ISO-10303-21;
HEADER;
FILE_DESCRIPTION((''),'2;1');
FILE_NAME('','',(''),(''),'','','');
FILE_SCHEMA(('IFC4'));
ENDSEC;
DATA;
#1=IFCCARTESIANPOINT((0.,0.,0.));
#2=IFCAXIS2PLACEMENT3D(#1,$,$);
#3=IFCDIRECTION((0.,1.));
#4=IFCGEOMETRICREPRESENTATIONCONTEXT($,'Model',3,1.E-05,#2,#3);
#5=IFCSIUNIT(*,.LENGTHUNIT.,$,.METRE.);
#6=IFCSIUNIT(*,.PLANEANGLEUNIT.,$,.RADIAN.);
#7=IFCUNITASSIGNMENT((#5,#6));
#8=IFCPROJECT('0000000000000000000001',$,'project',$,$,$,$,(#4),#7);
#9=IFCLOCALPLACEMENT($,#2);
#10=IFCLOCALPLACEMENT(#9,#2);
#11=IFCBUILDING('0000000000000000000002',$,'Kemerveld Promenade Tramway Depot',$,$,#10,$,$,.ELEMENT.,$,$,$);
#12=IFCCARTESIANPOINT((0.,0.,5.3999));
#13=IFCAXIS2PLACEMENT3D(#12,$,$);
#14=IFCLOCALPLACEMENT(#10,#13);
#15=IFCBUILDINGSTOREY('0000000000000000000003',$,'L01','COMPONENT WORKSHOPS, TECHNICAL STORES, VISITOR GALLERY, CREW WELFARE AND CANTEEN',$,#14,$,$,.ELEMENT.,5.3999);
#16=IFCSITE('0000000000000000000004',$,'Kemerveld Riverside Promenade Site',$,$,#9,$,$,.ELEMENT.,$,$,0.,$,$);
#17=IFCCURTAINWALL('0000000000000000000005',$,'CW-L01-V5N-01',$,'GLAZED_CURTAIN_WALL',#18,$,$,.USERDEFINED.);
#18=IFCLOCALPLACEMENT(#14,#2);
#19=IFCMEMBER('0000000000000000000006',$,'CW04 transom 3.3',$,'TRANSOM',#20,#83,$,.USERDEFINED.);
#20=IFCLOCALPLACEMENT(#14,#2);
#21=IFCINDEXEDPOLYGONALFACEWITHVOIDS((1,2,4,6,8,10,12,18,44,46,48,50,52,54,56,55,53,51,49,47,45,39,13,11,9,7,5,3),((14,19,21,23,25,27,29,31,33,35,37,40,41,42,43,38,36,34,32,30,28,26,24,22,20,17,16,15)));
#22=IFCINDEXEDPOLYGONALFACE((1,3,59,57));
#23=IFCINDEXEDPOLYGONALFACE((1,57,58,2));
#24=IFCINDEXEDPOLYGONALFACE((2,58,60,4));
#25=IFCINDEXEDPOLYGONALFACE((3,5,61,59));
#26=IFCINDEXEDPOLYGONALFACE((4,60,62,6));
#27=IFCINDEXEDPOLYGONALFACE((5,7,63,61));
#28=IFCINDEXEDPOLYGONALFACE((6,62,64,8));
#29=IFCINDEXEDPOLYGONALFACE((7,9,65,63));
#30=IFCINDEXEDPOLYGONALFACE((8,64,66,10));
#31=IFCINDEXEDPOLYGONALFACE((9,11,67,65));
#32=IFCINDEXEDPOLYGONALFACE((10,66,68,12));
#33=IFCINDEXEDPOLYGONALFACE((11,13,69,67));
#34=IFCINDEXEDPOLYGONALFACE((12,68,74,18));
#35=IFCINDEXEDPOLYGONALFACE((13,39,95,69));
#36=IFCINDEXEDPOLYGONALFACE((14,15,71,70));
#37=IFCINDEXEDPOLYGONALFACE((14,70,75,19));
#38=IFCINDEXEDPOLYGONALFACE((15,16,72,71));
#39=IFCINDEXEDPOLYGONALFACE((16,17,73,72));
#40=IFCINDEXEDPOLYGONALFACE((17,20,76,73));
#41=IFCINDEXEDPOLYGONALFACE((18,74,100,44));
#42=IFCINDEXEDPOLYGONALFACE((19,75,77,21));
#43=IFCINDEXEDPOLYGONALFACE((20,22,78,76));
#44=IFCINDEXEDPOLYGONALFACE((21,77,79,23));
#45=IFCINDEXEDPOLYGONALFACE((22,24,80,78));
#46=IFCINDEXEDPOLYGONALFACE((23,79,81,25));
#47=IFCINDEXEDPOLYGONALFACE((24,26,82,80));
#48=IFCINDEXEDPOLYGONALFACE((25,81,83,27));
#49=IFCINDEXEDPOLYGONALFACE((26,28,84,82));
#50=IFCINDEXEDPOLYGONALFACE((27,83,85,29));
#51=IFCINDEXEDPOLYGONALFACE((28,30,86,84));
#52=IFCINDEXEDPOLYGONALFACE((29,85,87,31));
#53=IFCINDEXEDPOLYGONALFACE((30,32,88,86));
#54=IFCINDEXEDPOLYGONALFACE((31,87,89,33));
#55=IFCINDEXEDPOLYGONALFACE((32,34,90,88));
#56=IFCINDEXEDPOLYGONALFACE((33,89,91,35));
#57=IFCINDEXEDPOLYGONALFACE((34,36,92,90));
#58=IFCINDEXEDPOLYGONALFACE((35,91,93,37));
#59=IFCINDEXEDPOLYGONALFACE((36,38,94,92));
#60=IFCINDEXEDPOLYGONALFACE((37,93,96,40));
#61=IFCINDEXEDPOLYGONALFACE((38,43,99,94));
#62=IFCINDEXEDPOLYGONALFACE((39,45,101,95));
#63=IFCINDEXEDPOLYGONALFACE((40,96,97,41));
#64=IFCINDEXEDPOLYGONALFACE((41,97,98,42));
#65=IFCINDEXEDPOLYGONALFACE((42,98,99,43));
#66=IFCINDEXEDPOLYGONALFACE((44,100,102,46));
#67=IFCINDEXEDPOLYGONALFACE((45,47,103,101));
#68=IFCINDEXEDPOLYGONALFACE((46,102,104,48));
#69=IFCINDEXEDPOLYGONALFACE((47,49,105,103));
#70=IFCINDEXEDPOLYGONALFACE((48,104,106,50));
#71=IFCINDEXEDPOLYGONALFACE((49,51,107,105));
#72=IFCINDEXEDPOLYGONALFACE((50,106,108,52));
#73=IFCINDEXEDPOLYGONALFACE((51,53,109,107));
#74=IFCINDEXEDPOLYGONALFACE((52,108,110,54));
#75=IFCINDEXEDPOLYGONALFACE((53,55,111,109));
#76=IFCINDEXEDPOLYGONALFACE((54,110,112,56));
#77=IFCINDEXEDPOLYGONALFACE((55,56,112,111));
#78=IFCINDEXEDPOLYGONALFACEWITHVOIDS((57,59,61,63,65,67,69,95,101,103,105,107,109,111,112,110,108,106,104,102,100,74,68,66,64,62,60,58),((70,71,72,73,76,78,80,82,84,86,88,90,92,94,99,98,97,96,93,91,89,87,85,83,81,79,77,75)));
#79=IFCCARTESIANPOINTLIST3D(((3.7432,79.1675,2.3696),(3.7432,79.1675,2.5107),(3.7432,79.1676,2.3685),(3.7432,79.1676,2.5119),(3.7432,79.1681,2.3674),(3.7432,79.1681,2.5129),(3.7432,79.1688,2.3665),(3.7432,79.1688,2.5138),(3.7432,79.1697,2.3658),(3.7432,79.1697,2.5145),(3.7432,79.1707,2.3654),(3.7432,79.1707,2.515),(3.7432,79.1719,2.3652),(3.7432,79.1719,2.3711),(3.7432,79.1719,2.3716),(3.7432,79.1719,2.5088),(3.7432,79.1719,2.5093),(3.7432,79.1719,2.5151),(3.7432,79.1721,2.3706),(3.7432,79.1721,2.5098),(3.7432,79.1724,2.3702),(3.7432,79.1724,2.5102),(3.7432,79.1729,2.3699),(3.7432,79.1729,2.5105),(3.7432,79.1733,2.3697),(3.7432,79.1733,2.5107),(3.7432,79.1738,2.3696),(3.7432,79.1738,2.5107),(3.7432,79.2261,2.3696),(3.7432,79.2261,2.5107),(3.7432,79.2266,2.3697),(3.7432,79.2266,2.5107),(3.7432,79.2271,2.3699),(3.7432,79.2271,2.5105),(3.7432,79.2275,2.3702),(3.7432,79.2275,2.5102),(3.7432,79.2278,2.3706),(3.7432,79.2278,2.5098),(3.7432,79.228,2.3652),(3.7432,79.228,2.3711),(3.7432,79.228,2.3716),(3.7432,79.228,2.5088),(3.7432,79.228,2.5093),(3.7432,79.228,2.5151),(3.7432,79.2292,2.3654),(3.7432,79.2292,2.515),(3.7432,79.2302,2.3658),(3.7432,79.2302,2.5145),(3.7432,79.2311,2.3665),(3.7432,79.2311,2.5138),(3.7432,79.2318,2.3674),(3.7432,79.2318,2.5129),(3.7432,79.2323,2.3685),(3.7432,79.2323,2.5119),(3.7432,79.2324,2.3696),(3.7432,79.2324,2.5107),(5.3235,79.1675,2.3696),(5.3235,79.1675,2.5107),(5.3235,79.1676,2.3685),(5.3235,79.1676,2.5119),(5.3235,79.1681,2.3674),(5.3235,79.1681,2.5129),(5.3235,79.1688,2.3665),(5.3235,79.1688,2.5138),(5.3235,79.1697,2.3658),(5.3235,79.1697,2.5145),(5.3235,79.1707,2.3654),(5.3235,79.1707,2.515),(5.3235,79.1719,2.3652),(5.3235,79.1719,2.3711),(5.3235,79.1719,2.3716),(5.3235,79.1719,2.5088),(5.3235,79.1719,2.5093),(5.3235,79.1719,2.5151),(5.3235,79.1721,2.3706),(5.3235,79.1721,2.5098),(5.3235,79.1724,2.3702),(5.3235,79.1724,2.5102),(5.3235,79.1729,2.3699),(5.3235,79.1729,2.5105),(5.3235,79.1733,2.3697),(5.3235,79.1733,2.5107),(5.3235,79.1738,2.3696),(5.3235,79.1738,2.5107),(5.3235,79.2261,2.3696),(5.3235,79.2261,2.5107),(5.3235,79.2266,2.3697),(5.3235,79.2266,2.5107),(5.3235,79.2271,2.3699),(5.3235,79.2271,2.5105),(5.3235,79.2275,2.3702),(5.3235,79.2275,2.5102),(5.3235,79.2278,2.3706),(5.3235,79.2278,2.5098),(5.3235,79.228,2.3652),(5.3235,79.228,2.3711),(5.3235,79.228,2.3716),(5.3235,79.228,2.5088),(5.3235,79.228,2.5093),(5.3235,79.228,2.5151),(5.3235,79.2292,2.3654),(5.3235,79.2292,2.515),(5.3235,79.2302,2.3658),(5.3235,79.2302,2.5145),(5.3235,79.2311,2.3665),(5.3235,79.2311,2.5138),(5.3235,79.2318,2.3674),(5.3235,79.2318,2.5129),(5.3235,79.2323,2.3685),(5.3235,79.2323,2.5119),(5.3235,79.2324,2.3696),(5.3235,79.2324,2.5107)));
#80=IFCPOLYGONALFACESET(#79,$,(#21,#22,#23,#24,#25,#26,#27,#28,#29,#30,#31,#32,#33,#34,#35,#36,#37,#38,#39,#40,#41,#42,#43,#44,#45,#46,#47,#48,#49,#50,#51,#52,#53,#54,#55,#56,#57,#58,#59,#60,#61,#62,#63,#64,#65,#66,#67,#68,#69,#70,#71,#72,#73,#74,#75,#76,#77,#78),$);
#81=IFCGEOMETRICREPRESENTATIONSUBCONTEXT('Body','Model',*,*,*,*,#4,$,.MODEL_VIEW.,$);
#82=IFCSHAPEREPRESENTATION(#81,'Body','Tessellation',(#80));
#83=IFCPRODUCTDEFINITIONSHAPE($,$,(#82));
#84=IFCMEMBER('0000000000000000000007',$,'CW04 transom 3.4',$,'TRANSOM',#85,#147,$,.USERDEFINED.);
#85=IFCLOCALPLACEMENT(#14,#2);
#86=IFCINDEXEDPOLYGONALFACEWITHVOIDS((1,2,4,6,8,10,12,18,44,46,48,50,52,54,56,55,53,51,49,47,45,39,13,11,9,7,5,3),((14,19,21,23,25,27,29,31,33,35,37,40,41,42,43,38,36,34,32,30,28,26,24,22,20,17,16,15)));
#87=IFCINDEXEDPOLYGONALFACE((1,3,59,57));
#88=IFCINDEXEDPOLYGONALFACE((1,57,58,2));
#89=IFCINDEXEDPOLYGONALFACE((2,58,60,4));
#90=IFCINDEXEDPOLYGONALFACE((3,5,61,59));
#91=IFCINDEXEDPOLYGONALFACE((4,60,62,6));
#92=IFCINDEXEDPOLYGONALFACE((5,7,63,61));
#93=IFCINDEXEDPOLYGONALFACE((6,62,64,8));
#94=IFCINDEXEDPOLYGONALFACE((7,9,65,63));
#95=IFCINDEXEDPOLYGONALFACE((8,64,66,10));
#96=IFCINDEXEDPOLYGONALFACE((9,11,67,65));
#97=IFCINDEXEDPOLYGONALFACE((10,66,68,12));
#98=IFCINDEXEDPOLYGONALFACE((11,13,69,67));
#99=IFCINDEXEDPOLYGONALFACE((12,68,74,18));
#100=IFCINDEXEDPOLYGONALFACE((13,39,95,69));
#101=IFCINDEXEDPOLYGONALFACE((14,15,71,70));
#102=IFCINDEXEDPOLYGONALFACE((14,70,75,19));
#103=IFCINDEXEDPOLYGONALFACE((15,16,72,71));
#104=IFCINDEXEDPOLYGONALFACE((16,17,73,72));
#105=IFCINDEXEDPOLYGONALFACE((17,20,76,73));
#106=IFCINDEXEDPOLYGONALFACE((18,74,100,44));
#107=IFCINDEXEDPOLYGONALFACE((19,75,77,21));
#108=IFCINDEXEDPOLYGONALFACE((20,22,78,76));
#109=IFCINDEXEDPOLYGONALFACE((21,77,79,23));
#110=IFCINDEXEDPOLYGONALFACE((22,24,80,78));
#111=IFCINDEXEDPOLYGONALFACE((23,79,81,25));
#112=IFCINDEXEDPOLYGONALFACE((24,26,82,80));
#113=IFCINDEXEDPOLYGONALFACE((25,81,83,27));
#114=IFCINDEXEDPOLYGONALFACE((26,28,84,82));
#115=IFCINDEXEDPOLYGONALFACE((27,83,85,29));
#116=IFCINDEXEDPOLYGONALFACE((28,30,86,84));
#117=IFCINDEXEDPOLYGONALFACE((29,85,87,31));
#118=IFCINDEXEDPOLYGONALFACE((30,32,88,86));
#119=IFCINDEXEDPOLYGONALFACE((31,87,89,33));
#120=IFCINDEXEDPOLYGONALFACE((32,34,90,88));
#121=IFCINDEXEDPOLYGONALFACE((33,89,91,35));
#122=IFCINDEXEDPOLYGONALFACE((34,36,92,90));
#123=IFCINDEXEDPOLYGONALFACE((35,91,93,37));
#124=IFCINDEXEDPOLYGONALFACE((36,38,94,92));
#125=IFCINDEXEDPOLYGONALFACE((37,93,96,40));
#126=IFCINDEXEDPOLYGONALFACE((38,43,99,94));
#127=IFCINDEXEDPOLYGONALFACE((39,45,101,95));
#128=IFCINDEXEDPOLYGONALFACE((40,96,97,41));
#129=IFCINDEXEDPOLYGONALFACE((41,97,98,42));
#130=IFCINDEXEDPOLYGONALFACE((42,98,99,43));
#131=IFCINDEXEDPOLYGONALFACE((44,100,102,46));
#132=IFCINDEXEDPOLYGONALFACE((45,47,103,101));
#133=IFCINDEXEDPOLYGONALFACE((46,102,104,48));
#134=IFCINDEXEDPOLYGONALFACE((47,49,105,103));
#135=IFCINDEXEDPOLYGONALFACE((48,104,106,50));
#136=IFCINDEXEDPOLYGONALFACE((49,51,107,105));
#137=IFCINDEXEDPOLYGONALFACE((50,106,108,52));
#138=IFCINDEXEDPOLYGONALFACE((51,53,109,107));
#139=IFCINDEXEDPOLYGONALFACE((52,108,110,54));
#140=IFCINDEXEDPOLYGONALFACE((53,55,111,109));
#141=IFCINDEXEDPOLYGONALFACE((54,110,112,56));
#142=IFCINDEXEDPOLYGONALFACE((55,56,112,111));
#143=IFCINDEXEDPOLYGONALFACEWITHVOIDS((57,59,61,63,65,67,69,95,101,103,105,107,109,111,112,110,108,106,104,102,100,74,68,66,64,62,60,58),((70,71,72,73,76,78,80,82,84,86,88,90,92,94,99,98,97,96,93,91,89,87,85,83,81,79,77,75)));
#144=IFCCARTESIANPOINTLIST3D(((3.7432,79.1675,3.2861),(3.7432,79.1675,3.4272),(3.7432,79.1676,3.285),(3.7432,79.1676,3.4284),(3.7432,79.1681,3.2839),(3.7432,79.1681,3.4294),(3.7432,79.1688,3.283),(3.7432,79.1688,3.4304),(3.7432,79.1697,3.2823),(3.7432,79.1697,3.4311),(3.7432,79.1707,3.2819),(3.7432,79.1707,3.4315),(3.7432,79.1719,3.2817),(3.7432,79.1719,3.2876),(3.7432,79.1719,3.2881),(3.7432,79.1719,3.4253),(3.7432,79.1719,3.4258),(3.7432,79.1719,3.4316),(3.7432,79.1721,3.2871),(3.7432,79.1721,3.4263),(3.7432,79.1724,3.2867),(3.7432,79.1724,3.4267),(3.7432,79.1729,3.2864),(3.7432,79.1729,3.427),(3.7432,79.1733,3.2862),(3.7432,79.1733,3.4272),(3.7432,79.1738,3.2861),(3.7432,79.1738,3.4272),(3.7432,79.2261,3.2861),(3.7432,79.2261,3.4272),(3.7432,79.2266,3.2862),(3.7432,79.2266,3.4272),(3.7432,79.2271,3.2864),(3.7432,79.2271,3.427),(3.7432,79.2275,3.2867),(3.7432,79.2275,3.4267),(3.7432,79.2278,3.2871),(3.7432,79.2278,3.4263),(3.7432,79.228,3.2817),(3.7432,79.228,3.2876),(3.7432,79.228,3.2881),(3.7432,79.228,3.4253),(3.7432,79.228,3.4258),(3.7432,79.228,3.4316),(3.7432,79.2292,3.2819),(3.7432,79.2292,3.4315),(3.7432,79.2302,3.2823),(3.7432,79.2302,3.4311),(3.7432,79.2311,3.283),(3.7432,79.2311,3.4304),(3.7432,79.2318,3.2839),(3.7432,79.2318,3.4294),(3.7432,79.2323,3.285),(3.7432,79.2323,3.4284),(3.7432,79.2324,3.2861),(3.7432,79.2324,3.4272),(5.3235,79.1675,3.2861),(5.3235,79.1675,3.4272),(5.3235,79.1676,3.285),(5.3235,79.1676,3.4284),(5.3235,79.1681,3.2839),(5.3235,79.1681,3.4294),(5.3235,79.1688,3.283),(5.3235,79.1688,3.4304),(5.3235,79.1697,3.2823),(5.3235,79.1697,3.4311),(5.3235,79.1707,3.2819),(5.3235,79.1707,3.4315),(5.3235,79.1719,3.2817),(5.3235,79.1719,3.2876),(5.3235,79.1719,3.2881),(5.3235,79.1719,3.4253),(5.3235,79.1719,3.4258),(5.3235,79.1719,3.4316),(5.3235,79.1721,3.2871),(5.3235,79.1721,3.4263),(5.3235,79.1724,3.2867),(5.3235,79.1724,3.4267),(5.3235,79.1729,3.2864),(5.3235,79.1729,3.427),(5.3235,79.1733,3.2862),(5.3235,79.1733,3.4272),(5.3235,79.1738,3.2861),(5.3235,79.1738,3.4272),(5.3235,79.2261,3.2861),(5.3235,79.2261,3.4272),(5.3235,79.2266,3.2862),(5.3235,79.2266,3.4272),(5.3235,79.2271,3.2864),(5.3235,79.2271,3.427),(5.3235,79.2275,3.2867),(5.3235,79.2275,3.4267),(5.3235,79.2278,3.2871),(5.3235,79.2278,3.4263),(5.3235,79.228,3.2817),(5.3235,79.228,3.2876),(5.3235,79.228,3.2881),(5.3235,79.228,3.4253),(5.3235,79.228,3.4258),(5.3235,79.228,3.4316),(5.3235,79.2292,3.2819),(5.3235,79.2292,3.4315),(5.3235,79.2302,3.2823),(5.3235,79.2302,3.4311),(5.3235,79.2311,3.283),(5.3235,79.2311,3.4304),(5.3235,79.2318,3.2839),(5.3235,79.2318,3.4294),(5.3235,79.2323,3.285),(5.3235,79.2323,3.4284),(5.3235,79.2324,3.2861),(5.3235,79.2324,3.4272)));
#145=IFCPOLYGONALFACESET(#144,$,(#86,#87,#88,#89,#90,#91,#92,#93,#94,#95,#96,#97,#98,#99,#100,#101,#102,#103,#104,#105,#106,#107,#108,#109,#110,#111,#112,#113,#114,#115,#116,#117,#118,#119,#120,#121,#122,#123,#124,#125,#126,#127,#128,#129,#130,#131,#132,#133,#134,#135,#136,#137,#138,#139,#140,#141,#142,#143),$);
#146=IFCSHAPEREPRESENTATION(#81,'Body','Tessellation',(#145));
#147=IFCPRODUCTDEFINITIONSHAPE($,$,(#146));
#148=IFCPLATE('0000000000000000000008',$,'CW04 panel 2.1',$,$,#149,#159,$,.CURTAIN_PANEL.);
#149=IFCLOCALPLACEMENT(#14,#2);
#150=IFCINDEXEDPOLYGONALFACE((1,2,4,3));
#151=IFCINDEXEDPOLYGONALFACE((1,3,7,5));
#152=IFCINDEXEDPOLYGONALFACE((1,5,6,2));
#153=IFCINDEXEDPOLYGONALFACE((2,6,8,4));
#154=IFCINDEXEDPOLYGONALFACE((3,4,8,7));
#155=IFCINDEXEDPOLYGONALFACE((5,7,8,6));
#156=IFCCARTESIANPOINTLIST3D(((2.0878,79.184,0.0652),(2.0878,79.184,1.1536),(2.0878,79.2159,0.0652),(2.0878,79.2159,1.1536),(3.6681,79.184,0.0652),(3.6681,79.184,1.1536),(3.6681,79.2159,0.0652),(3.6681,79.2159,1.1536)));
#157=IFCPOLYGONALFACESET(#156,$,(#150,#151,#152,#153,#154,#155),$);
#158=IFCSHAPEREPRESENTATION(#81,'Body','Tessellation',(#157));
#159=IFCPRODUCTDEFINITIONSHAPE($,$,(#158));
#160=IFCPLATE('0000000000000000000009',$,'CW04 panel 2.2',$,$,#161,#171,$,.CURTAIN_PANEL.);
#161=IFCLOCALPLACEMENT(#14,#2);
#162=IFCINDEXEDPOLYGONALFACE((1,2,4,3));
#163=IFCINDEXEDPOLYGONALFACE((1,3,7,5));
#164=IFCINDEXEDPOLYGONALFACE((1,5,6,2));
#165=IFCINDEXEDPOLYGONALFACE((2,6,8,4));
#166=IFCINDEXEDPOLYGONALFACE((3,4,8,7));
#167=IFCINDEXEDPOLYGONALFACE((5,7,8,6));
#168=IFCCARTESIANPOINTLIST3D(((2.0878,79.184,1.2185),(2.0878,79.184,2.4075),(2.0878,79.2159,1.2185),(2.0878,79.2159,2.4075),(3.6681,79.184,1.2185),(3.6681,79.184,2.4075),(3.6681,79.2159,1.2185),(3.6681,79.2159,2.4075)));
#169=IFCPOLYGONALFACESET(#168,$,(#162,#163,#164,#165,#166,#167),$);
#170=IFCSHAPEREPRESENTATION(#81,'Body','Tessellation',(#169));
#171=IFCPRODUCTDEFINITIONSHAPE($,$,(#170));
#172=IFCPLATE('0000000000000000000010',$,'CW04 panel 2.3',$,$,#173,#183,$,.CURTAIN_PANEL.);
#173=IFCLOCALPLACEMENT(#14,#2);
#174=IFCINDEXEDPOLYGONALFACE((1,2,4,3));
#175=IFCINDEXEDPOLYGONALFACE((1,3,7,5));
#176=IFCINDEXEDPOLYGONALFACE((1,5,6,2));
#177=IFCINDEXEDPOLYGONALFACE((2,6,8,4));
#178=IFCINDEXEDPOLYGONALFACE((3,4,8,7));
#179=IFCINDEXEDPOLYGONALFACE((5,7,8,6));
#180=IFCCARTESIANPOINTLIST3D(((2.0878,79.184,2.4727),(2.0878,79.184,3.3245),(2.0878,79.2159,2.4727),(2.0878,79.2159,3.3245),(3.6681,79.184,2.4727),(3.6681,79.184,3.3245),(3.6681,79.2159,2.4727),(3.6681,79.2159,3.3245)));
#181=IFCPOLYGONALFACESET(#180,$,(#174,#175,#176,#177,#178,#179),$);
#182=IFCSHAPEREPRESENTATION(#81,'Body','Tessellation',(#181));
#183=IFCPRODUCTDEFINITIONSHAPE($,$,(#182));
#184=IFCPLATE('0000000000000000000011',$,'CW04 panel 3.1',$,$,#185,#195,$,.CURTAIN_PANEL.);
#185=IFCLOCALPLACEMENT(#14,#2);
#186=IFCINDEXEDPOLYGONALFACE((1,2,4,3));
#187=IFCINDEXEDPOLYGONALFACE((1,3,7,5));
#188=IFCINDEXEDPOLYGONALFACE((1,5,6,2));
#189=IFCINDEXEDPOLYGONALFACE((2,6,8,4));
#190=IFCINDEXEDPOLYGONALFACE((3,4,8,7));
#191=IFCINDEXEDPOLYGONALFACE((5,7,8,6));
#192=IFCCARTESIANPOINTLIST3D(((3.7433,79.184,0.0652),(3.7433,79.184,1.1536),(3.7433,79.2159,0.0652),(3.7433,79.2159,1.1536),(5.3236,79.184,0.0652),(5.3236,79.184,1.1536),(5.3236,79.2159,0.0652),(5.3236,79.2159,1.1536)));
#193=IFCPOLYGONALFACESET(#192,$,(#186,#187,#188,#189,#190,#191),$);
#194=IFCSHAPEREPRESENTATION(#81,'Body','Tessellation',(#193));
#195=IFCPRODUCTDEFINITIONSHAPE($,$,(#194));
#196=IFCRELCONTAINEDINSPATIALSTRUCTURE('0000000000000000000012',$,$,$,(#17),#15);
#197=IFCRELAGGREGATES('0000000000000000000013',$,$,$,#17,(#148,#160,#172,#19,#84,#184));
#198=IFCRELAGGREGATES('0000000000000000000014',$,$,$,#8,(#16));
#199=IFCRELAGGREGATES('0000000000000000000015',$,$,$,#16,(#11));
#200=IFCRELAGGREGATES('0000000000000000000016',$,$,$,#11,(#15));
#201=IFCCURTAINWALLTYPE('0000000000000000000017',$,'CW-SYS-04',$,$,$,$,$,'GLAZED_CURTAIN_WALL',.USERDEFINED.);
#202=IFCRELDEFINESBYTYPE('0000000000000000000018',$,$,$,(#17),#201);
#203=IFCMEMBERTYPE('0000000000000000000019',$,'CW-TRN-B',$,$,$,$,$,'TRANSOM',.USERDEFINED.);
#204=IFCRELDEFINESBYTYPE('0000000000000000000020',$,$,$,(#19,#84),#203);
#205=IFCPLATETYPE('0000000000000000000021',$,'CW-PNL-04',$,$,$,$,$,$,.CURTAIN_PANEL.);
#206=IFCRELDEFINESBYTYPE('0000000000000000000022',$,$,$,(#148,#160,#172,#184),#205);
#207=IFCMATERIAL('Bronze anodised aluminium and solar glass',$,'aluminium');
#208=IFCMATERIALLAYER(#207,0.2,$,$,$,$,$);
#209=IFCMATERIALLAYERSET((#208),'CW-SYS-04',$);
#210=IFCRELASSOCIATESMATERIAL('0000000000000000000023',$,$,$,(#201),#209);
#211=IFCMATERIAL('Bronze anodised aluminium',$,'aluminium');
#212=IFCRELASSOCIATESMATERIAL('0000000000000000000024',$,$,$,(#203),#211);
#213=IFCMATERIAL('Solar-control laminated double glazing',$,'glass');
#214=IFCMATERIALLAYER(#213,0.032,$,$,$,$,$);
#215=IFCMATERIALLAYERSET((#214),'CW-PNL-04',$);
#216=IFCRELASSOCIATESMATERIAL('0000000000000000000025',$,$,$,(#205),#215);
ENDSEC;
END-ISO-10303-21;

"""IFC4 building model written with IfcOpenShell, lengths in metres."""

from ifc_helpers import new_model, si_unit, direction, frame, origin, origin_2d, place, context, subcontext, project, spatial, rectangle, hollow_rectangle, extrude, material, layer, layer_set, material_profile, profile_set, type_object, element, aggregate, save


model = new_model("IFC4")

# Units and contexts
model_context = context("Model", 3, precision=1e-05, world=origin(), true_north=direction((0.0, 1.0)))
body_context = subcontext(model_context, "Body", "Model", "MODEL_VIEW")
ifc_project = project(units=[si_unit("LENGTHUNIT", "METRE"), si_unit("PLANEANGLEUNIT", "RADIAN")], contexts=[model_context])

# Site, building, storey
site_placement = place(None, origin())
site = spatial("IfcSite", under=ifc_project, at=site_placement, Name="Kemerveld Riverside Promenade Site", CompositionType="ELEMENT", RefElevation=0.0)
building_placement = place(site_placement, origin())
building = spatial("IfcBuilding", under=site, at=building_placement, Name="Kemerveld Promenade Tramway Depot", CompositionType="ELEMENT")
storey_placement = place(building_placement, frame((0.0, 0.0, 5.3999)))
storey = spatial("IfcBuildingStorey", under=building, at=storey_placement, Name="L01", Description="COMPONENT WORKSHOPS, TECHNICAL STORES, VISITOR GALLERY, CREW WELFARE AND CANTEEN", CompositionType="ELEMENT", Elevation=5.3999)

# Curtain wall, members, plates
ifc_material_1 = material(Name="Bronze anodised aluminium and solar glass", Category="aluminium")
ifc_layer_1 = layer(ifc_material_1, 0.2)
ifc_layer_set_1 = layer_set([ifc_layer_1], Name="CW-SYS-04")
curtain_wall_type = type_object("IfcCurtainWallType", Name="CW-SYS-04", ElementType="GLAZED_CURTAIN_WALL", PredefinedType="USERDEFINED", material=ifc_layer_set_1)
curtain_wall_placement = place(storey_placement, origin())
curtain_wall = element("IfcCurtainWall", 1, at=curtain_wall_placement, inside=storey, type_object=curtain_wall_type, Name="CW-L01-V5N-01", ObjectType="GLAZED_CURTAIN_WALL", PredefinedType="USERDEFINED")
ifc_material_2 = material(Name="Bronze anodised aluminium", Category="aluminium")
ifc_material_profile_1 = material_profile(ifc_material_2, hollow_rectangle(XDim=0.0649, YDim=0.1499, WallThickness=0.0044, InnerFilletRadius=0.002, OuterFilletRadius=0.0044, at=origin_2d()), Name="CW-TRN-150x65")
ifc_profile_set_1 = profile_set([ifc_material_profile_1], Name="Bronze anodised aluminium")
member_type_1 = type_object("IfcMemberType", Name="CW-TRN-B", ElementType="TRANSOM", PredefinedType="USERDEFINED", material=ifc_profile_set_1)
member_1_placement = place(storey_placement, frame((3.7432, 79.2, 2.4402), z_axis=(1.0, 0.0, 0.0), x_axis=(0.0, 1.0, 0.0)))
member_1 = element("IfcMember", 2, at=member_1_placement, type_object=member_type_1, Name="CW04 transom 3.3", ObjectType="TRANSOM", PredefinedType="USERDEFINED", context=body_context, shape_type="SweptSolid", body=[
    extrude(hollow_rectangle(XDim=0.0649, YDim=0.1499, WallThickness=0.0044, InnerFilletRadius=0.002, OuterFilletRadius=0.0044, at=origin_2d()), origin(), (0.0, 0.0, 1.0), 1.5803),
])
member_2_placement = place(storey_placement, frame((3.7432, 79.2, 3.3567), z_axis=(1.0, 0.0, 0.0), x_axis=(0.0, 1.0, 0.0)))
member_2 = element("IfcMember", 3, at=member_2_placement, type_object=member_type_1, Name="CW04 transom 3.4", ObjectType="TRANSOM", PredefinedType="USERDEFINED", context=body_context, shape_type="SweptSolid", body=[
    extrude(hollow_rectangle(XDim=0.0649, YDim=0.1499, WallThickness=0.0044, InnerFilletRadius=0.002, OuterFilletRadius=0.0044, at=origin_2d()), origin(), (0.0, 0.0, 1.0), 1.5803),
])
ifc_material_3 = material(Name="Solar-control laminated double glazing", Category="glass")
ifc_layer_2 = layer(ifc_material_3, 0.032)
ifc_layer_set_2 = layer_set([ifc_layer_2], Name="CW-PNL-04")
plate_type = type_object("IfcPlateType", Name="CW-PNL-04", PredefinedType="CURTAIN_PANEL", material=ifc_layer_set_2)
plate_1_placement = place(storey_placement, frame((2.8779, 79.2, 0.0652), z_axis=(0.0, 0.0, 1.0), x_axis=(1.0, 0.0, 0.0)))
plate_1 = element("IfcPlate", 4, at=plate_1_placement, type_object=plate_type, Name="CW04 panel 2.1", PredefinedType="CURTAIN_PANEL", context=body_context, shape_type="SweptSolid", body=[
    extrude(rectangle(XDim=1.5803, YDim=0.032, at=origin_2d()), origin(), (0.0, 0.0, 1.0), 1.0884),
])
plate_2_placement = place(storey_placement, frame((2.8779, 79.2, 1.2185), z_axis=(0.0, 0.0, 1.0), x_axis=(1.0, 0.0, 0.0)))
plate_2 = element("IfcPlate", 5, at=plate_2_placement, type_object=plate_type, Name="CW04 panel 2.2", PredefinedType="CURTAIN_PANEL", context=body_context, shape_type="SweptSolid", body=[
    extrude(rectangle(XDim=1.5803, YDim=0.032, at=origin_2d()), origin(), (0.0, 0.0, 1.0), 1.189),
])
plate_3_placement = place(storey_placement, frame((2.8779, 79.2, 2.4727), z_axis=(0.0, 0.0, 1.0), x_axis=(1.0, 0.0, 0.0)))
plate_3 = element("IfcPlate", 6, at=plate_3_placement, type_object=plate_type, Name="CW04 panel 2.3", PredefinedType="CURTAIN_PANEL", context=body_context, shape_type="SweptSolid", body=[
    extrude(rectangle(XDim=1.5803, YDim=0.032, at=origin_2d()), origin(), (0.0, 0.0, 1.0), 0.8518),
])
plate_4_placement = place(storey_placement, frame((4.5334, 79.2, 0.0652), z_axis=(0.0, 0.0, 1.0), x_axis=(1.0, 0.0, 0.0)))
plate_4 = element("IfcPlate", 7, at=plate_4_placement, type_object=plate_type, Name="CW04 panel 3.1", PredefinedType="CURTAIN_PANEL", context=body_context, shape_type="SweptSolid", body=[
    extrude(rectangle(XDim=1.5803, YDim=0.032, at=origin_2d()), origin(), (0.0, 0.0, 1.0), 1.0884),
])
aggregate(curtain_wall, [plate_1, plate_2, plate_3, member_1, member_2, plate_4])

save(model, "model.ifc")
